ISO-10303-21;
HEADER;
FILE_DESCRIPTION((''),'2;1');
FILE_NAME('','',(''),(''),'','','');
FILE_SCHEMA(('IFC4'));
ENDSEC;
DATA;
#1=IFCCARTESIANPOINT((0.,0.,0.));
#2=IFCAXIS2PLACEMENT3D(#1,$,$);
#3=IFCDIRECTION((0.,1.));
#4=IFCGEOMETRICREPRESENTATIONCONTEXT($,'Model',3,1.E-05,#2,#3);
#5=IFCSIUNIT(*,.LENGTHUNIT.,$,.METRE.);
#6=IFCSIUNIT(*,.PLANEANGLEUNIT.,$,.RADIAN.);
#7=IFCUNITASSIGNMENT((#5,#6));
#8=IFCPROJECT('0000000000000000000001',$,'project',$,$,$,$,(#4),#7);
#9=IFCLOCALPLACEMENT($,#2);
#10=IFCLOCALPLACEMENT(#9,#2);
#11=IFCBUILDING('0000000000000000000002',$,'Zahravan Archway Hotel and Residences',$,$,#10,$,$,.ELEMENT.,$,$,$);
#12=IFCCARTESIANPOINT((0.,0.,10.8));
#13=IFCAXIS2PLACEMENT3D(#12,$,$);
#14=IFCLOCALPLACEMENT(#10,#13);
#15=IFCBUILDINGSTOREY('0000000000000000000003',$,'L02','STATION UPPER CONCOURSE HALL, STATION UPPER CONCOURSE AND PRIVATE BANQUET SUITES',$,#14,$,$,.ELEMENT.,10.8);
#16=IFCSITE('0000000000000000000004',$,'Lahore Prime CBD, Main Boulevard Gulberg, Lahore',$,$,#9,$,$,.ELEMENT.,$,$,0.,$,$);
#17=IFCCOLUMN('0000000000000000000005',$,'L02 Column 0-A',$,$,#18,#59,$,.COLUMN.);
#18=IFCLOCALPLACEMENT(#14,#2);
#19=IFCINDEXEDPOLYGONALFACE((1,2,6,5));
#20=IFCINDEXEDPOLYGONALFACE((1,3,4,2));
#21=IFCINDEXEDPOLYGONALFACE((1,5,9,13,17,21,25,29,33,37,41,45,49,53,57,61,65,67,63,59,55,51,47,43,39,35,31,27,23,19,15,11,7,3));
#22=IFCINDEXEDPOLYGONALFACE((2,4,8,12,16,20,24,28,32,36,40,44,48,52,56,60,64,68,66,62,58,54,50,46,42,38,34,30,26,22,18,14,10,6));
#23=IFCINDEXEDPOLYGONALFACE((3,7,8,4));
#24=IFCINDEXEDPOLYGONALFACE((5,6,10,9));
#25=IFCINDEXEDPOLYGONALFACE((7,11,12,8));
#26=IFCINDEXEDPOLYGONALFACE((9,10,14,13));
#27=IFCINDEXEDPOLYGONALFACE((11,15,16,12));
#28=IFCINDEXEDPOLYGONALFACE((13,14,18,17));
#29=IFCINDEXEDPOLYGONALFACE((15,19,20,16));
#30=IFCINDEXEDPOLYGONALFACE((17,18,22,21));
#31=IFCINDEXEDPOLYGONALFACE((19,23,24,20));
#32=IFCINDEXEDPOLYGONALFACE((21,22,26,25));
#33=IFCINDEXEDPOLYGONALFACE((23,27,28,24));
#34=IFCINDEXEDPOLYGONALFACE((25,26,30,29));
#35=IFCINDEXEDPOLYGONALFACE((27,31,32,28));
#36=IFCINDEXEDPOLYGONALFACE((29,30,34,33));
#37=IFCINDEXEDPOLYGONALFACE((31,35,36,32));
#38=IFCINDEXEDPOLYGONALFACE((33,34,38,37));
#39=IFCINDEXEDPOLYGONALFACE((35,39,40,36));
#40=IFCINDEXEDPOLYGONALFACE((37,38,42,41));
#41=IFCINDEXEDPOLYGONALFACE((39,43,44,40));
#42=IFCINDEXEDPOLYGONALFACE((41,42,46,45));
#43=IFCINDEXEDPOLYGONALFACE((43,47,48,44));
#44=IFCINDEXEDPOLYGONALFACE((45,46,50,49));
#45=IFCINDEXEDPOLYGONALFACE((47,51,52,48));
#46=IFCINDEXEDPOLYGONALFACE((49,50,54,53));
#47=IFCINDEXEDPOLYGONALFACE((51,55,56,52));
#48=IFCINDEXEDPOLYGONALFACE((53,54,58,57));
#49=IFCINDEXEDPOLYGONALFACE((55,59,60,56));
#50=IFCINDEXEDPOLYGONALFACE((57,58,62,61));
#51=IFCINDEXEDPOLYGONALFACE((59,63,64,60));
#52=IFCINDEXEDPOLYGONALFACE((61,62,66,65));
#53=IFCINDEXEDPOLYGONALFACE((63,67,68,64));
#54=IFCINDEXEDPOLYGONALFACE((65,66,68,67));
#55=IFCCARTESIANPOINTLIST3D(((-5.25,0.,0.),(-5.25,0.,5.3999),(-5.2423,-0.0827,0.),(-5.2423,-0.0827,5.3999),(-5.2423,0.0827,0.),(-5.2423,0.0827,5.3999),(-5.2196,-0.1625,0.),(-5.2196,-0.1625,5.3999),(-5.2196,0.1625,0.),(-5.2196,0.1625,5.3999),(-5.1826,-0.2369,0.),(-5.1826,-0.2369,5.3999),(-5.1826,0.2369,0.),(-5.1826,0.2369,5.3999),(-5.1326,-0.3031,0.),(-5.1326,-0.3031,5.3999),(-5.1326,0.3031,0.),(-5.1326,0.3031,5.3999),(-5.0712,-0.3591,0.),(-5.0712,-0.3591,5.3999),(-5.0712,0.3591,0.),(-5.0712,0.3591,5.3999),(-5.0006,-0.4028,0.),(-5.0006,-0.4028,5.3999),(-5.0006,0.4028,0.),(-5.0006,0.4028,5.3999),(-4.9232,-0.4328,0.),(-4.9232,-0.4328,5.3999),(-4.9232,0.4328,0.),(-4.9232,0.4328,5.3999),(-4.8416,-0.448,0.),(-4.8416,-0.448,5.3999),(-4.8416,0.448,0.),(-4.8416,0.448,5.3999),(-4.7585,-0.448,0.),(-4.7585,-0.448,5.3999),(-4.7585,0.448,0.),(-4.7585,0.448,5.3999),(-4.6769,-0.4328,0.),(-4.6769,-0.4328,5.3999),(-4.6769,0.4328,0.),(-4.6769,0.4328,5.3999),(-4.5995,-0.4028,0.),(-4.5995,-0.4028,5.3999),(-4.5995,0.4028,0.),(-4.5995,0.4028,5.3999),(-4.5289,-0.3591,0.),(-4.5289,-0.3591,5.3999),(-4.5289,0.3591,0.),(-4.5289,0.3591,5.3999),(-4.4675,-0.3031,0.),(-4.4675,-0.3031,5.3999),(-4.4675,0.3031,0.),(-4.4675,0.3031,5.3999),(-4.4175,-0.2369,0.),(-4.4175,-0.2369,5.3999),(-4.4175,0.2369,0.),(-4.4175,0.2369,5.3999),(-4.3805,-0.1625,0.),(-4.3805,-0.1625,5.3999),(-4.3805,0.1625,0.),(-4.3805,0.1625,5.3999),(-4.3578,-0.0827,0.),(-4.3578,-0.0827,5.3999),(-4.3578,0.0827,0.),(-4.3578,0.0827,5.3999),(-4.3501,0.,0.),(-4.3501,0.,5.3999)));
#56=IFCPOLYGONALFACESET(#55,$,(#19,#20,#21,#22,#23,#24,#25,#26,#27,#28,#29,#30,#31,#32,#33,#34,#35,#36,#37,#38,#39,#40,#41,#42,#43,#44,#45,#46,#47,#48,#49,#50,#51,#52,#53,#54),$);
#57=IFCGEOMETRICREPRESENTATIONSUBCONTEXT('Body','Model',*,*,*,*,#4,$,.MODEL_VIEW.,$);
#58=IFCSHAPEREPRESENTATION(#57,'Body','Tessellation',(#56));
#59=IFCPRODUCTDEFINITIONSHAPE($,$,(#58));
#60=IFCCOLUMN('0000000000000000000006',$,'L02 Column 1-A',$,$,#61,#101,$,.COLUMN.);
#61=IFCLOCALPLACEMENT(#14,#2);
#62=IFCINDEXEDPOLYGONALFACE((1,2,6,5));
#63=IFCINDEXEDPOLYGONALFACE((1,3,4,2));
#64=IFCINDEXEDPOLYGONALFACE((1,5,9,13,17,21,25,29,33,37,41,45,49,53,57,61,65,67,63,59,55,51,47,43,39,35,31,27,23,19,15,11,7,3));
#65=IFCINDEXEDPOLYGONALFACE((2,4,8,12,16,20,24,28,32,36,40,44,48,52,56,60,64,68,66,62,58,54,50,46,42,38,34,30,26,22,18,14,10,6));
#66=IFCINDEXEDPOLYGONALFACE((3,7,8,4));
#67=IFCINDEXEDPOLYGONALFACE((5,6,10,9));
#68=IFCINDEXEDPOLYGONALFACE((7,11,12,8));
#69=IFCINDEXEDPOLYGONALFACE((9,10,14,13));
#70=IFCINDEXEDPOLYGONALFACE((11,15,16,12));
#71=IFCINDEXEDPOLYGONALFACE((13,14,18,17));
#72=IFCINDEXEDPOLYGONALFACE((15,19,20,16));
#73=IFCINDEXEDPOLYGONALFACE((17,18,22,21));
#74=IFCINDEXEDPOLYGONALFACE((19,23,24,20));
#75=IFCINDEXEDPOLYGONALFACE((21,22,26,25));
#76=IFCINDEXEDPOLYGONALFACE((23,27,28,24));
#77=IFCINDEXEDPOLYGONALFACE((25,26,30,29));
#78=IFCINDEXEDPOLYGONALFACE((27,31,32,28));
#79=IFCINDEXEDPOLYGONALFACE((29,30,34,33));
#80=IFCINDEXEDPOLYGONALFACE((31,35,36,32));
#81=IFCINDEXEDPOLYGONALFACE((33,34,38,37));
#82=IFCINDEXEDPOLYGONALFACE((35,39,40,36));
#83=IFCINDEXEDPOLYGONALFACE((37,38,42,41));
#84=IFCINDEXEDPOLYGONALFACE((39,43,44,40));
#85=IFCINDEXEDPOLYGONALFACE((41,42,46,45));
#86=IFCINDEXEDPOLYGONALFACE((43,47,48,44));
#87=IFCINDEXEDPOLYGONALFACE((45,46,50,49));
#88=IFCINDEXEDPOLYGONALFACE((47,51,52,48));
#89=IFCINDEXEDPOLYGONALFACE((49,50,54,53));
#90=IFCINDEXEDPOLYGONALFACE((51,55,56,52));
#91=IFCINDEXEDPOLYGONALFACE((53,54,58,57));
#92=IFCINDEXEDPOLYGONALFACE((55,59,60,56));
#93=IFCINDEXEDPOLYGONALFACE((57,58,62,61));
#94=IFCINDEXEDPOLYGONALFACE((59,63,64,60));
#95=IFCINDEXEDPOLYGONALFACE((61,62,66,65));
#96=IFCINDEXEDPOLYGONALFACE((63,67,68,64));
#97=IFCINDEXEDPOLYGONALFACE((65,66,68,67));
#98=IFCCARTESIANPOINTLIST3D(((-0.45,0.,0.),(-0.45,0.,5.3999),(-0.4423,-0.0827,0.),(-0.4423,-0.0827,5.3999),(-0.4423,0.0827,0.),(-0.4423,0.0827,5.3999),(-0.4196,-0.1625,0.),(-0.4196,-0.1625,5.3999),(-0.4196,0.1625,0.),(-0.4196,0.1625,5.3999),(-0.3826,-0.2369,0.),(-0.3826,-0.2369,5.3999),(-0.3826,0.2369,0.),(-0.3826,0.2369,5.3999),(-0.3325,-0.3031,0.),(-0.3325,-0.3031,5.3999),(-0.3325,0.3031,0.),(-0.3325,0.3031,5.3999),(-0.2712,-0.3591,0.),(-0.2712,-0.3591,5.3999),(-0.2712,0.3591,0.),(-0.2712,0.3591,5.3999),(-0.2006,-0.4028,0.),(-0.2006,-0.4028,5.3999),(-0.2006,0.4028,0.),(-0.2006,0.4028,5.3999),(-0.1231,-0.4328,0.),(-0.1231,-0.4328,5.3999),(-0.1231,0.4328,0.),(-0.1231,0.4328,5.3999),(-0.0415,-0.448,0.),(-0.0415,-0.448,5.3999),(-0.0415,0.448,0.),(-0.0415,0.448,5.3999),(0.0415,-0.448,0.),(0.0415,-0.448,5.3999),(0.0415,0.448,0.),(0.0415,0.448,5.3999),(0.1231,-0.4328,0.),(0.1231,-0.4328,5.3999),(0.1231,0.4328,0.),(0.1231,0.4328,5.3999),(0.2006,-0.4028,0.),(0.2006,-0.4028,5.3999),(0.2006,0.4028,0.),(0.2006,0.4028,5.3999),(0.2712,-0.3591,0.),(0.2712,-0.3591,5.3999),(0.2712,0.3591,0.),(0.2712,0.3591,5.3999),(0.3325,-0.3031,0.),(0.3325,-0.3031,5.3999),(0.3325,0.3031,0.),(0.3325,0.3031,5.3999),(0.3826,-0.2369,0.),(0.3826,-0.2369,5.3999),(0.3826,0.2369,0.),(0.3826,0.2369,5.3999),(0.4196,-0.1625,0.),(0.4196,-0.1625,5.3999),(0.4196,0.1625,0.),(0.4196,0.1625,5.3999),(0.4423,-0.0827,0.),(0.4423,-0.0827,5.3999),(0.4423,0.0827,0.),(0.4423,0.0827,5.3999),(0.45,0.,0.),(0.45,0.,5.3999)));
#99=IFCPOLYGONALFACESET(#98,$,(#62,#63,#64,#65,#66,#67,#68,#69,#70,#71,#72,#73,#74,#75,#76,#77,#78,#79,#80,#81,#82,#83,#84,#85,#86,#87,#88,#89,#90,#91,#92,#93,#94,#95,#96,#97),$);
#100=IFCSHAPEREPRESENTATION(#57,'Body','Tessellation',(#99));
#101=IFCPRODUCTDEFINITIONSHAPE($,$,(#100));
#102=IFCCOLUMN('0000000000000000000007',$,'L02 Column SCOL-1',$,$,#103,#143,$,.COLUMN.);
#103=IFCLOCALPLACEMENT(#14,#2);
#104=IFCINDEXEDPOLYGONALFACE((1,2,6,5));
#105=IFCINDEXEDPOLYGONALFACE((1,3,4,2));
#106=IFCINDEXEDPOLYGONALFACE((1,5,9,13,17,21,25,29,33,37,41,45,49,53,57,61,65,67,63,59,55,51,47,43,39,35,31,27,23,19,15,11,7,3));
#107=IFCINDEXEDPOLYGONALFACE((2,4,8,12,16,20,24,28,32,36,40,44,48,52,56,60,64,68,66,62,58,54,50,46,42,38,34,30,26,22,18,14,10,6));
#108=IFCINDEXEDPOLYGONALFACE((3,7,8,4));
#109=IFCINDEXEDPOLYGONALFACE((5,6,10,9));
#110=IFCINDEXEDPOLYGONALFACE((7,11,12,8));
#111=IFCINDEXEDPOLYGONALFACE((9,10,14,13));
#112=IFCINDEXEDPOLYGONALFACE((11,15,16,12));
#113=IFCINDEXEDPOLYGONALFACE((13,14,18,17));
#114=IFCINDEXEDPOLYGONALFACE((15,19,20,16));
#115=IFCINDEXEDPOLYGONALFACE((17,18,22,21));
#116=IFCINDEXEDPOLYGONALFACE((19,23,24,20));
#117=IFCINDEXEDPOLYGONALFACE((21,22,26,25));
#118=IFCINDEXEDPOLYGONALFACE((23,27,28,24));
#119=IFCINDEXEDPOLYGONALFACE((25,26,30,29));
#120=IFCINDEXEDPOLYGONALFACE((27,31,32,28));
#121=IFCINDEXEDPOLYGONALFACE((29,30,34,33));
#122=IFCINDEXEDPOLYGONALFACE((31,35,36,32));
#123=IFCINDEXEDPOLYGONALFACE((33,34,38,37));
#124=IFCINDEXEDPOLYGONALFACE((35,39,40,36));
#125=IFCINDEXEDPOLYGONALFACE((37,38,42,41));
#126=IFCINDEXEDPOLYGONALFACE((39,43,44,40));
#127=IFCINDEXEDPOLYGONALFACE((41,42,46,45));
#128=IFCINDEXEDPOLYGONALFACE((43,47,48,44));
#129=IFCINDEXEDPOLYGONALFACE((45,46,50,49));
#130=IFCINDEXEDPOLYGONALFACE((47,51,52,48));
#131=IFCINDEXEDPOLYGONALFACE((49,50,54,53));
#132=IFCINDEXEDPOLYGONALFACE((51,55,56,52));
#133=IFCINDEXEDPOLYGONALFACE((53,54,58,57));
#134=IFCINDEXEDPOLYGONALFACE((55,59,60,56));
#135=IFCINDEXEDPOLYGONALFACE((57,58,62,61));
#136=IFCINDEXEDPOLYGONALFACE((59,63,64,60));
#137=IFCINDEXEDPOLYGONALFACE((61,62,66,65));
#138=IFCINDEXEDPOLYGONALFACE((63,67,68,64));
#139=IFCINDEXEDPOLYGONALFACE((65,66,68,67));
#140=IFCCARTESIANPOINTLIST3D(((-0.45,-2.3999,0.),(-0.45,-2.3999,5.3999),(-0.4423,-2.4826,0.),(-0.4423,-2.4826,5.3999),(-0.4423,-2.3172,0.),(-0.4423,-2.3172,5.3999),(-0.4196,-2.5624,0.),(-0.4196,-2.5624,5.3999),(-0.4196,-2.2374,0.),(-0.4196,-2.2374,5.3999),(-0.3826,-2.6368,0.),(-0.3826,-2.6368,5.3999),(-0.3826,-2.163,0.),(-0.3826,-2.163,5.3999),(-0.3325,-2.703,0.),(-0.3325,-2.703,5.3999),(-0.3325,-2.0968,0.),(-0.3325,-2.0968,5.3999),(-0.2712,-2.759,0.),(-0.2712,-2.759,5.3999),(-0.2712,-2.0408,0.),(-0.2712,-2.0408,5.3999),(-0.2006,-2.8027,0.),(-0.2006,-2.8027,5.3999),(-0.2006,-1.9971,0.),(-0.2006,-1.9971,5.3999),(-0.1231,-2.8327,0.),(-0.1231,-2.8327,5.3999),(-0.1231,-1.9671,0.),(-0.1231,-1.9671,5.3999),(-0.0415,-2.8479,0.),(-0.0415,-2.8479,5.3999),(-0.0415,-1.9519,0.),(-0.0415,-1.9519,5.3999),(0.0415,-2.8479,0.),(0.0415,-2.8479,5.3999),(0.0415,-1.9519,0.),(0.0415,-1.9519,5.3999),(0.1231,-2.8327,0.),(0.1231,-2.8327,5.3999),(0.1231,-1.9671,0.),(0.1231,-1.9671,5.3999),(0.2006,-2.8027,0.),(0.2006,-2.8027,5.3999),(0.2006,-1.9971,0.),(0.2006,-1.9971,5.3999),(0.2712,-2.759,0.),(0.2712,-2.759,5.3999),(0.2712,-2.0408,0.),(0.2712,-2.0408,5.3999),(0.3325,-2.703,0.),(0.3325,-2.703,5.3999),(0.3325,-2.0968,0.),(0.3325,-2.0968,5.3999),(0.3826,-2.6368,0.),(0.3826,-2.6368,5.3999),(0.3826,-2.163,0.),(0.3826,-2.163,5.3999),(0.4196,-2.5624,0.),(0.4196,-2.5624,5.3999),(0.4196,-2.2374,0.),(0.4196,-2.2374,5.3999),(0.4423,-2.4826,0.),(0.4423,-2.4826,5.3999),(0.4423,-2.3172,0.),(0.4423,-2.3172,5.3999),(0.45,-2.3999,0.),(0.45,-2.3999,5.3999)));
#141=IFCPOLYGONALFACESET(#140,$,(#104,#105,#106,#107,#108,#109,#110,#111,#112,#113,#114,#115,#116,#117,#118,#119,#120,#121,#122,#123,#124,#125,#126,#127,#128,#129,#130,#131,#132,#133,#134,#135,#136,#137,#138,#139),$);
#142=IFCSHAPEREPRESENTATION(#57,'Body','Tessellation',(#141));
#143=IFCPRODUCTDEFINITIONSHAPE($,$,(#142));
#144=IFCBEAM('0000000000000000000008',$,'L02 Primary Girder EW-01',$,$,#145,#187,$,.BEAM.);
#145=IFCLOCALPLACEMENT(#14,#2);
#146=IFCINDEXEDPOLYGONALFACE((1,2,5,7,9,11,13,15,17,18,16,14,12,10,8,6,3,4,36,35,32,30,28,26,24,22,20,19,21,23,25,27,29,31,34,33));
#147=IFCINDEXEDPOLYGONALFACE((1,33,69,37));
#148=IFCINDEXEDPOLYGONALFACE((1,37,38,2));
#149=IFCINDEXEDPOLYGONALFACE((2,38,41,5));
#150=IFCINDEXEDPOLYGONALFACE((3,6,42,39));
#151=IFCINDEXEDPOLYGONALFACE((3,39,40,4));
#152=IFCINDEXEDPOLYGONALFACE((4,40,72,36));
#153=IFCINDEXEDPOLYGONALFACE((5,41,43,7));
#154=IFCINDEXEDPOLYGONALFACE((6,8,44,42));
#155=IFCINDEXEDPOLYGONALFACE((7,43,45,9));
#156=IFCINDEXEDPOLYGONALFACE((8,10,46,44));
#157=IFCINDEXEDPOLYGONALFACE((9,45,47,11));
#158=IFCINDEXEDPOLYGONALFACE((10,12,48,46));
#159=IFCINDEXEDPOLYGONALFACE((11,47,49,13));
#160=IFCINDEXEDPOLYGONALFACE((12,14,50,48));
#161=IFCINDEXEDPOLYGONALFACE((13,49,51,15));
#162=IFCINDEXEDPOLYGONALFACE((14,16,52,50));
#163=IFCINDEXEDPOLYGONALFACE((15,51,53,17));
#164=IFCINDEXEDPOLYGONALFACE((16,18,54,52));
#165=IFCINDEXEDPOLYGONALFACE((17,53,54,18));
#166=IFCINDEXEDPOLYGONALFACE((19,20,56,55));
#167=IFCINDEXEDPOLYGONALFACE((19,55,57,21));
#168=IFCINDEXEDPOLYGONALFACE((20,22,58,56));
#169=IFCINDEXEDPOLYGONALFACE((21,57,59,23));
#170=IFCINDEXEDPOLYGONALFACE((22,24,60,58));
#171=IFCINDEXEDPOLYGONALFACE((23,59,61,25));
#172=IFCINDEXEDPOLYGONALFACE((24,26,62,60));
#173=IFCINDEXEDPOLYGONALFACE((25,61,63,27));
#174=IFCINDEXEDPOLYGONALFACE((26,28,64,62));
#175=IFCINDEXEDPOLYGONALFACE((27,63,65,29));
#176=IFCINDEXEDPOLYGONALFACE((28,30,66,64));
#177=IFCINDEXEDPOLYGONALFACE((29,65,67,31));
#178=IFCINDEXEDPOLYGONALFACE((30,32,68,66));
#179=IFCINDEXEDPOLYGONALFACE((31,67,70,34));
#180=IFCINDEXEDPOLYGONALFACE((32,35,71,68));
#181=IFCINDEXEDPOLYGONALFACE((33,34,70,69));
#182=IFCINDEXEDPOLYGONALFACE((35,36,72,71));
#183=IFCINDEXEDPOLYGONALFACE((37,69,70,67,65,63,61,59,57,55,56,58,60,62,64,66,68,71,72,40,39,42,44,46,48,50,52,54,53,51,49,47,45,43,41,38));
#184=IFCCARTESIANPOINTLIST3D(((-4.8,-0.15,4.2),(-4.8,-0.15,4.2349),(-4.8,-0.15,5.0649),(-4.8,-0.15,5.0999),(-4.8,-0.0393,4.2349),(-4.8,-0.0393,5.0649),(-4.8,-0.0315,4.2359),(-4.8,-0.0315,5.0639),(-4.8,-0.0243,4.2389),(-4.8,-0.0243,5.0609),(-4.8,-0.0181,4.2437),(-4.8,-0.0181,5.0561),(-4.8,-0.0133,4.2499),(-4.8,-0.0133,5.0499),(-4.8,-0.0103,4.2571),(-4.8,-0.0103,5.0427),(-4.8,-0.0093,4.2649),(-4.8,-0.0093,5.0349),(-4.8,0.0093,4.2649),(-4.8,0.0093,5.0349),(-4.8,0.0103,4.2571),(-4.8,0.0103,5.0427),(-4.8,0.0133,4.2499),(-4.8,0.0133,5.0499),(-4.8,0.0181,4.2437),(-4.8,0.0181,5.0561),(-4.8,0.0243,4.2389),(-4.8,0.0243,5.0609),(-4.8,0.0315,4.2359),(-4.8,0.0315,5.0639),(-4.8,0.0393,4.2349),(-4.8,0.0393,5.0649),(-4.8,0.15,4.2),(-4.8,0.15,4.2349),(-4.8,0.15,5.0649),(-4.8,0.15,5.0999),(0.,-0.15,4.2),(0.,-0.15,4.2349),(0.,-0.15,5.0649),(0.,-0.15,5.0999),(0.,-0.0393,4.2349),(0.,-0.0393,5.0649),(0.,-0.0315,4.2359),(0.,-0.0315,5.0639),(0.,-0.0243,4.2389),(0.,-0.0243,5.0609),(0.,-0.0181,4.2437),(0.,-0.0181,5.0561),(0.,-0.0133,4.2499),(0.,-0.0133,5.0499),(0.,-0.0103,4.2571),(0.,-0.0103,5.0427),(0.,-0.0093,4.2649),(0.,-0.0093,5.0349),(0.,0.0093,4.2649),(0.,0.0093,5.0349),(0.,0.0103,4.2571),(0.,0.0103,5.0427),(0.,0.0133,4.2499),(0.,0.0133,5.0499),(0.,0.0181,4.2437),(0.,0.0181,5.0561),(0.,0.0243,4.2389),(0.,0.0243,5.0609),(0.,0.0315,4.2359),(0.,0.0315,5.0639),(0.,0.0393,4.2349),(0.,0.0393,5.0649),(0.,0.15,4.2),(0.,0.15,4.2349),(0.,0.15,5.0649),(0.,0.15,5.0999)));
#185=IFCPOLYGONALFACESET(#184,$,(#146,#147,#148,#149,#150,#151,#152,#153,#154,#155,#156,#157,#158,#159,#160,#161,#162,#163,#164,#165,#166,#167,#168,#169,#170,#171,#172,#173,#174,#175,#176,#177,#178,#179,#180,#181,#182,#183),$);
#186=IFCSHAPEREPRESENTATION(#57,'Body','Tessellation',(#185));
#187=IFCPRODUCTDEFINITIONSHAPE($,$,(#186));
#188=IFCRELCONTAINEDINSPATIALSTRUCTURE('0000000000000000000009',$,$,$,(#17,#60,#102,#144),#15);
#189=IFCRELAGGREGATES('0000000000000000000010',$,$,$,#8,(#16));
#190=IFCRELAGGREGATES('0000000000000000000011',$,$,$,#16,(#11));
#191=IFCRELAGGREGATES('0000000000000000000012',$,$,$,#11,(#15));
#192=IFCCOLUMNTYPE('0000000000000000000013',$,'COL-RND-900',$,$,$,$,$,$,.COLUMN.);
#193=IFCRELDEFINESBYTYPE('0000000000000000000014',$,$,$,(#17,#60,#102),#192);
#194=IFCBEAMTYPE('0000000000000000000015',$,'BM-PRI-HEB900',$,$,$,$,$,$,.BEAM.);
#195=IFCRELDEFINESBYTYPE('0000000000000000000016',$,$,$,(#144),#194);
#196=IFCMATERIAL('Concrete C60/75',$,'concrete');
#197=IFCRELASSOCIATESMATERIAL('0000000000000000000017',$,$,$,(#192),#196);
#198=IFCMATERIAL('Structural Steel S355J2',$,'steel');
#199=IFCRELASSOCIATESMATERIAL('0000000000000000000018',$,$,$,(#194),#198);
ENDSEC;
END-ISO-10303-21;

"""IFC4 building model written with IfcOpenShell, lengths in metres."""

from ifc_helpers import new_model, si_unit, direction, frame, origin, origin_2d, place, context, subcontext, project, spatial, circle, i_section, extrude, source, transform, mapped, material, material_profile, profile_set, type_object, type_shapes, element, save


model = new_model("IFC4")

# Units and contexts
model_context = context("Model", 3, precision=1e-05, world=origin(), true_north=direction((0.0, 1.0)))
body_context = subcontext(model_context, "Body", "Model", "MODEL_VIEW")
ifc_project = project(units=[si_unit("LENGTHUNIT", "METRE"), si_unit("PLANEANGLEUNIT", "RADIAN")], contexts=[model_context])

# Site, building, storey
site_placement = place(None, origin())
site = spatial("IfcSite", under=ifc_project, at=site_placement, Name="Lahore Prime CBD, Main Boulevard Gulberg, Lahore", CompositionType="ELEMENT", RefElevation=0.0)
building_placement = place(site_placement, origin())
building = spatial("IfcBuilding", under=site, at=building_placement, Name="Zahravan Archway Hotel and Residences", CompositionType="ELEMENT")
storey_placement = place(building_placement, frame((0.0, 0.0, 10.8)))
storey = spatial("IfcBuildingStorey", under=building, at=storey_placement, Name="L02", Description="STATION UPPER CONCOURSE HALL, STATION UPPER CONCOURSE AND PRIVATE BANQUET SUITES", CompositionType="ELEMENT", Elevation=10.8)

# Columns
ifc_material_1 = material(Name="Concrete C60/75", Category="concrete")
ifc_material_profile_1 = material_profile(ifc_material_1, circle(Radius=0.45, at=origin_2d()), Name="RC-CIRC-900", Category="concrete")
ifc_profile_set_1 = profile_set([ifc_material_profile_1], Name="Concrete C60/75")
column_type = type_object("IfcColumnType", Name="COL-RND-900", PredefinedType="COLUMN", material=ifc_profile_set_1)
shared_shape_1 = source(origin(), body_context, "Body", "SweptSolid", [
    extrude(circle(Radius=0.45, at=origin_2d()), origin(), (0.0, 0.0, 1.0), 5.3999),
])
type_shapes(column_type, [shared_shape_1])
for number, where, z_axis, x_axis, name in (
    (1, (-4.8, 0.0, 0.0), (0.0, 0.0, 1.0), (1.0, 0.0, 0.0), "L02 Column 0-A"),
    (2, (0.0, 0.0, 0.0), (0.0, 0.0, 1.0), (1.0, 0.0, 0.0), "L02 Column 1-A"),
    (3, (0.0, -2.3999, 0.0), (0.0, 0.0, 1.0), (1.0, 0.0, 0.0), "L02 Column SCOL-1"),
):
    element("IfcColumn", number, at=place(storey_placement, frame(where, z_axis=z_axis, x_axis=x_axis)), inside=storey, type_object=column_type, Name=name, PredefinedType="COLUMN", context=body_context, shape_type="MappedRepresentation", body=[
        mapped(shared_shape_1, transform((0.0, 0.0, 0.0), scale=1.0)),
    ])

# Beam
ifc_material_2 = material(Name="Structural Steel S355J2", Category="steel")
ifc_material_profile_2 = material_profile(ifc_material_2, i_section(OverallWidth=0.3, OverallDepth=0.8999, WebThickness=0.0186, FlangeThickness=0.0349, FilletRadius=0.03, at=origin_2d()), Name="HEB 900", Category="steel")
ifc_profile_set_2 = profile_set([ifc_material_profile_2], Name="Structural Steel S355J2")
beam_type_1 = type_object("IfcBeamType", Name="BM-PRI-HEB900", PredefinedType="BEAM", material=ifc_profile_set_2)
shared_shape_2 = source(origin(), body_context, "Body", "SweptSolid", [
    extrude(i_section(OverallWidth=0.3, OverallDepth=0.8999, WebThickness=0.0186, FlangeThickness=0.0349, FilletRadius=0.03, at=origin_2d()), origin(), (0.0, 0.0, 1.0), 4.8),
])
type_shapes(beam_type_1, [shared_shape_2])
beam_1_placement = place(storey_placement, frame((-4.8, 0.0, 4.6499), z_axis=(1.0, 0.0, 0.0), x_axis=(0.0, 1.0, 0.0)))
element("IfcBeam", 4, at=beam_1_placement, inside=storey, type_object=beam_type_1, Name="L02 Primary Girder EW-01", PredefinedType="BEAM", context=body_context, shape_type="MappedRepresentation", body=[
    mapped(shared_shape_2, transform((0.0, 0.0, 0.0), scale=1.0)),
])

save(model, "model.ifc")
